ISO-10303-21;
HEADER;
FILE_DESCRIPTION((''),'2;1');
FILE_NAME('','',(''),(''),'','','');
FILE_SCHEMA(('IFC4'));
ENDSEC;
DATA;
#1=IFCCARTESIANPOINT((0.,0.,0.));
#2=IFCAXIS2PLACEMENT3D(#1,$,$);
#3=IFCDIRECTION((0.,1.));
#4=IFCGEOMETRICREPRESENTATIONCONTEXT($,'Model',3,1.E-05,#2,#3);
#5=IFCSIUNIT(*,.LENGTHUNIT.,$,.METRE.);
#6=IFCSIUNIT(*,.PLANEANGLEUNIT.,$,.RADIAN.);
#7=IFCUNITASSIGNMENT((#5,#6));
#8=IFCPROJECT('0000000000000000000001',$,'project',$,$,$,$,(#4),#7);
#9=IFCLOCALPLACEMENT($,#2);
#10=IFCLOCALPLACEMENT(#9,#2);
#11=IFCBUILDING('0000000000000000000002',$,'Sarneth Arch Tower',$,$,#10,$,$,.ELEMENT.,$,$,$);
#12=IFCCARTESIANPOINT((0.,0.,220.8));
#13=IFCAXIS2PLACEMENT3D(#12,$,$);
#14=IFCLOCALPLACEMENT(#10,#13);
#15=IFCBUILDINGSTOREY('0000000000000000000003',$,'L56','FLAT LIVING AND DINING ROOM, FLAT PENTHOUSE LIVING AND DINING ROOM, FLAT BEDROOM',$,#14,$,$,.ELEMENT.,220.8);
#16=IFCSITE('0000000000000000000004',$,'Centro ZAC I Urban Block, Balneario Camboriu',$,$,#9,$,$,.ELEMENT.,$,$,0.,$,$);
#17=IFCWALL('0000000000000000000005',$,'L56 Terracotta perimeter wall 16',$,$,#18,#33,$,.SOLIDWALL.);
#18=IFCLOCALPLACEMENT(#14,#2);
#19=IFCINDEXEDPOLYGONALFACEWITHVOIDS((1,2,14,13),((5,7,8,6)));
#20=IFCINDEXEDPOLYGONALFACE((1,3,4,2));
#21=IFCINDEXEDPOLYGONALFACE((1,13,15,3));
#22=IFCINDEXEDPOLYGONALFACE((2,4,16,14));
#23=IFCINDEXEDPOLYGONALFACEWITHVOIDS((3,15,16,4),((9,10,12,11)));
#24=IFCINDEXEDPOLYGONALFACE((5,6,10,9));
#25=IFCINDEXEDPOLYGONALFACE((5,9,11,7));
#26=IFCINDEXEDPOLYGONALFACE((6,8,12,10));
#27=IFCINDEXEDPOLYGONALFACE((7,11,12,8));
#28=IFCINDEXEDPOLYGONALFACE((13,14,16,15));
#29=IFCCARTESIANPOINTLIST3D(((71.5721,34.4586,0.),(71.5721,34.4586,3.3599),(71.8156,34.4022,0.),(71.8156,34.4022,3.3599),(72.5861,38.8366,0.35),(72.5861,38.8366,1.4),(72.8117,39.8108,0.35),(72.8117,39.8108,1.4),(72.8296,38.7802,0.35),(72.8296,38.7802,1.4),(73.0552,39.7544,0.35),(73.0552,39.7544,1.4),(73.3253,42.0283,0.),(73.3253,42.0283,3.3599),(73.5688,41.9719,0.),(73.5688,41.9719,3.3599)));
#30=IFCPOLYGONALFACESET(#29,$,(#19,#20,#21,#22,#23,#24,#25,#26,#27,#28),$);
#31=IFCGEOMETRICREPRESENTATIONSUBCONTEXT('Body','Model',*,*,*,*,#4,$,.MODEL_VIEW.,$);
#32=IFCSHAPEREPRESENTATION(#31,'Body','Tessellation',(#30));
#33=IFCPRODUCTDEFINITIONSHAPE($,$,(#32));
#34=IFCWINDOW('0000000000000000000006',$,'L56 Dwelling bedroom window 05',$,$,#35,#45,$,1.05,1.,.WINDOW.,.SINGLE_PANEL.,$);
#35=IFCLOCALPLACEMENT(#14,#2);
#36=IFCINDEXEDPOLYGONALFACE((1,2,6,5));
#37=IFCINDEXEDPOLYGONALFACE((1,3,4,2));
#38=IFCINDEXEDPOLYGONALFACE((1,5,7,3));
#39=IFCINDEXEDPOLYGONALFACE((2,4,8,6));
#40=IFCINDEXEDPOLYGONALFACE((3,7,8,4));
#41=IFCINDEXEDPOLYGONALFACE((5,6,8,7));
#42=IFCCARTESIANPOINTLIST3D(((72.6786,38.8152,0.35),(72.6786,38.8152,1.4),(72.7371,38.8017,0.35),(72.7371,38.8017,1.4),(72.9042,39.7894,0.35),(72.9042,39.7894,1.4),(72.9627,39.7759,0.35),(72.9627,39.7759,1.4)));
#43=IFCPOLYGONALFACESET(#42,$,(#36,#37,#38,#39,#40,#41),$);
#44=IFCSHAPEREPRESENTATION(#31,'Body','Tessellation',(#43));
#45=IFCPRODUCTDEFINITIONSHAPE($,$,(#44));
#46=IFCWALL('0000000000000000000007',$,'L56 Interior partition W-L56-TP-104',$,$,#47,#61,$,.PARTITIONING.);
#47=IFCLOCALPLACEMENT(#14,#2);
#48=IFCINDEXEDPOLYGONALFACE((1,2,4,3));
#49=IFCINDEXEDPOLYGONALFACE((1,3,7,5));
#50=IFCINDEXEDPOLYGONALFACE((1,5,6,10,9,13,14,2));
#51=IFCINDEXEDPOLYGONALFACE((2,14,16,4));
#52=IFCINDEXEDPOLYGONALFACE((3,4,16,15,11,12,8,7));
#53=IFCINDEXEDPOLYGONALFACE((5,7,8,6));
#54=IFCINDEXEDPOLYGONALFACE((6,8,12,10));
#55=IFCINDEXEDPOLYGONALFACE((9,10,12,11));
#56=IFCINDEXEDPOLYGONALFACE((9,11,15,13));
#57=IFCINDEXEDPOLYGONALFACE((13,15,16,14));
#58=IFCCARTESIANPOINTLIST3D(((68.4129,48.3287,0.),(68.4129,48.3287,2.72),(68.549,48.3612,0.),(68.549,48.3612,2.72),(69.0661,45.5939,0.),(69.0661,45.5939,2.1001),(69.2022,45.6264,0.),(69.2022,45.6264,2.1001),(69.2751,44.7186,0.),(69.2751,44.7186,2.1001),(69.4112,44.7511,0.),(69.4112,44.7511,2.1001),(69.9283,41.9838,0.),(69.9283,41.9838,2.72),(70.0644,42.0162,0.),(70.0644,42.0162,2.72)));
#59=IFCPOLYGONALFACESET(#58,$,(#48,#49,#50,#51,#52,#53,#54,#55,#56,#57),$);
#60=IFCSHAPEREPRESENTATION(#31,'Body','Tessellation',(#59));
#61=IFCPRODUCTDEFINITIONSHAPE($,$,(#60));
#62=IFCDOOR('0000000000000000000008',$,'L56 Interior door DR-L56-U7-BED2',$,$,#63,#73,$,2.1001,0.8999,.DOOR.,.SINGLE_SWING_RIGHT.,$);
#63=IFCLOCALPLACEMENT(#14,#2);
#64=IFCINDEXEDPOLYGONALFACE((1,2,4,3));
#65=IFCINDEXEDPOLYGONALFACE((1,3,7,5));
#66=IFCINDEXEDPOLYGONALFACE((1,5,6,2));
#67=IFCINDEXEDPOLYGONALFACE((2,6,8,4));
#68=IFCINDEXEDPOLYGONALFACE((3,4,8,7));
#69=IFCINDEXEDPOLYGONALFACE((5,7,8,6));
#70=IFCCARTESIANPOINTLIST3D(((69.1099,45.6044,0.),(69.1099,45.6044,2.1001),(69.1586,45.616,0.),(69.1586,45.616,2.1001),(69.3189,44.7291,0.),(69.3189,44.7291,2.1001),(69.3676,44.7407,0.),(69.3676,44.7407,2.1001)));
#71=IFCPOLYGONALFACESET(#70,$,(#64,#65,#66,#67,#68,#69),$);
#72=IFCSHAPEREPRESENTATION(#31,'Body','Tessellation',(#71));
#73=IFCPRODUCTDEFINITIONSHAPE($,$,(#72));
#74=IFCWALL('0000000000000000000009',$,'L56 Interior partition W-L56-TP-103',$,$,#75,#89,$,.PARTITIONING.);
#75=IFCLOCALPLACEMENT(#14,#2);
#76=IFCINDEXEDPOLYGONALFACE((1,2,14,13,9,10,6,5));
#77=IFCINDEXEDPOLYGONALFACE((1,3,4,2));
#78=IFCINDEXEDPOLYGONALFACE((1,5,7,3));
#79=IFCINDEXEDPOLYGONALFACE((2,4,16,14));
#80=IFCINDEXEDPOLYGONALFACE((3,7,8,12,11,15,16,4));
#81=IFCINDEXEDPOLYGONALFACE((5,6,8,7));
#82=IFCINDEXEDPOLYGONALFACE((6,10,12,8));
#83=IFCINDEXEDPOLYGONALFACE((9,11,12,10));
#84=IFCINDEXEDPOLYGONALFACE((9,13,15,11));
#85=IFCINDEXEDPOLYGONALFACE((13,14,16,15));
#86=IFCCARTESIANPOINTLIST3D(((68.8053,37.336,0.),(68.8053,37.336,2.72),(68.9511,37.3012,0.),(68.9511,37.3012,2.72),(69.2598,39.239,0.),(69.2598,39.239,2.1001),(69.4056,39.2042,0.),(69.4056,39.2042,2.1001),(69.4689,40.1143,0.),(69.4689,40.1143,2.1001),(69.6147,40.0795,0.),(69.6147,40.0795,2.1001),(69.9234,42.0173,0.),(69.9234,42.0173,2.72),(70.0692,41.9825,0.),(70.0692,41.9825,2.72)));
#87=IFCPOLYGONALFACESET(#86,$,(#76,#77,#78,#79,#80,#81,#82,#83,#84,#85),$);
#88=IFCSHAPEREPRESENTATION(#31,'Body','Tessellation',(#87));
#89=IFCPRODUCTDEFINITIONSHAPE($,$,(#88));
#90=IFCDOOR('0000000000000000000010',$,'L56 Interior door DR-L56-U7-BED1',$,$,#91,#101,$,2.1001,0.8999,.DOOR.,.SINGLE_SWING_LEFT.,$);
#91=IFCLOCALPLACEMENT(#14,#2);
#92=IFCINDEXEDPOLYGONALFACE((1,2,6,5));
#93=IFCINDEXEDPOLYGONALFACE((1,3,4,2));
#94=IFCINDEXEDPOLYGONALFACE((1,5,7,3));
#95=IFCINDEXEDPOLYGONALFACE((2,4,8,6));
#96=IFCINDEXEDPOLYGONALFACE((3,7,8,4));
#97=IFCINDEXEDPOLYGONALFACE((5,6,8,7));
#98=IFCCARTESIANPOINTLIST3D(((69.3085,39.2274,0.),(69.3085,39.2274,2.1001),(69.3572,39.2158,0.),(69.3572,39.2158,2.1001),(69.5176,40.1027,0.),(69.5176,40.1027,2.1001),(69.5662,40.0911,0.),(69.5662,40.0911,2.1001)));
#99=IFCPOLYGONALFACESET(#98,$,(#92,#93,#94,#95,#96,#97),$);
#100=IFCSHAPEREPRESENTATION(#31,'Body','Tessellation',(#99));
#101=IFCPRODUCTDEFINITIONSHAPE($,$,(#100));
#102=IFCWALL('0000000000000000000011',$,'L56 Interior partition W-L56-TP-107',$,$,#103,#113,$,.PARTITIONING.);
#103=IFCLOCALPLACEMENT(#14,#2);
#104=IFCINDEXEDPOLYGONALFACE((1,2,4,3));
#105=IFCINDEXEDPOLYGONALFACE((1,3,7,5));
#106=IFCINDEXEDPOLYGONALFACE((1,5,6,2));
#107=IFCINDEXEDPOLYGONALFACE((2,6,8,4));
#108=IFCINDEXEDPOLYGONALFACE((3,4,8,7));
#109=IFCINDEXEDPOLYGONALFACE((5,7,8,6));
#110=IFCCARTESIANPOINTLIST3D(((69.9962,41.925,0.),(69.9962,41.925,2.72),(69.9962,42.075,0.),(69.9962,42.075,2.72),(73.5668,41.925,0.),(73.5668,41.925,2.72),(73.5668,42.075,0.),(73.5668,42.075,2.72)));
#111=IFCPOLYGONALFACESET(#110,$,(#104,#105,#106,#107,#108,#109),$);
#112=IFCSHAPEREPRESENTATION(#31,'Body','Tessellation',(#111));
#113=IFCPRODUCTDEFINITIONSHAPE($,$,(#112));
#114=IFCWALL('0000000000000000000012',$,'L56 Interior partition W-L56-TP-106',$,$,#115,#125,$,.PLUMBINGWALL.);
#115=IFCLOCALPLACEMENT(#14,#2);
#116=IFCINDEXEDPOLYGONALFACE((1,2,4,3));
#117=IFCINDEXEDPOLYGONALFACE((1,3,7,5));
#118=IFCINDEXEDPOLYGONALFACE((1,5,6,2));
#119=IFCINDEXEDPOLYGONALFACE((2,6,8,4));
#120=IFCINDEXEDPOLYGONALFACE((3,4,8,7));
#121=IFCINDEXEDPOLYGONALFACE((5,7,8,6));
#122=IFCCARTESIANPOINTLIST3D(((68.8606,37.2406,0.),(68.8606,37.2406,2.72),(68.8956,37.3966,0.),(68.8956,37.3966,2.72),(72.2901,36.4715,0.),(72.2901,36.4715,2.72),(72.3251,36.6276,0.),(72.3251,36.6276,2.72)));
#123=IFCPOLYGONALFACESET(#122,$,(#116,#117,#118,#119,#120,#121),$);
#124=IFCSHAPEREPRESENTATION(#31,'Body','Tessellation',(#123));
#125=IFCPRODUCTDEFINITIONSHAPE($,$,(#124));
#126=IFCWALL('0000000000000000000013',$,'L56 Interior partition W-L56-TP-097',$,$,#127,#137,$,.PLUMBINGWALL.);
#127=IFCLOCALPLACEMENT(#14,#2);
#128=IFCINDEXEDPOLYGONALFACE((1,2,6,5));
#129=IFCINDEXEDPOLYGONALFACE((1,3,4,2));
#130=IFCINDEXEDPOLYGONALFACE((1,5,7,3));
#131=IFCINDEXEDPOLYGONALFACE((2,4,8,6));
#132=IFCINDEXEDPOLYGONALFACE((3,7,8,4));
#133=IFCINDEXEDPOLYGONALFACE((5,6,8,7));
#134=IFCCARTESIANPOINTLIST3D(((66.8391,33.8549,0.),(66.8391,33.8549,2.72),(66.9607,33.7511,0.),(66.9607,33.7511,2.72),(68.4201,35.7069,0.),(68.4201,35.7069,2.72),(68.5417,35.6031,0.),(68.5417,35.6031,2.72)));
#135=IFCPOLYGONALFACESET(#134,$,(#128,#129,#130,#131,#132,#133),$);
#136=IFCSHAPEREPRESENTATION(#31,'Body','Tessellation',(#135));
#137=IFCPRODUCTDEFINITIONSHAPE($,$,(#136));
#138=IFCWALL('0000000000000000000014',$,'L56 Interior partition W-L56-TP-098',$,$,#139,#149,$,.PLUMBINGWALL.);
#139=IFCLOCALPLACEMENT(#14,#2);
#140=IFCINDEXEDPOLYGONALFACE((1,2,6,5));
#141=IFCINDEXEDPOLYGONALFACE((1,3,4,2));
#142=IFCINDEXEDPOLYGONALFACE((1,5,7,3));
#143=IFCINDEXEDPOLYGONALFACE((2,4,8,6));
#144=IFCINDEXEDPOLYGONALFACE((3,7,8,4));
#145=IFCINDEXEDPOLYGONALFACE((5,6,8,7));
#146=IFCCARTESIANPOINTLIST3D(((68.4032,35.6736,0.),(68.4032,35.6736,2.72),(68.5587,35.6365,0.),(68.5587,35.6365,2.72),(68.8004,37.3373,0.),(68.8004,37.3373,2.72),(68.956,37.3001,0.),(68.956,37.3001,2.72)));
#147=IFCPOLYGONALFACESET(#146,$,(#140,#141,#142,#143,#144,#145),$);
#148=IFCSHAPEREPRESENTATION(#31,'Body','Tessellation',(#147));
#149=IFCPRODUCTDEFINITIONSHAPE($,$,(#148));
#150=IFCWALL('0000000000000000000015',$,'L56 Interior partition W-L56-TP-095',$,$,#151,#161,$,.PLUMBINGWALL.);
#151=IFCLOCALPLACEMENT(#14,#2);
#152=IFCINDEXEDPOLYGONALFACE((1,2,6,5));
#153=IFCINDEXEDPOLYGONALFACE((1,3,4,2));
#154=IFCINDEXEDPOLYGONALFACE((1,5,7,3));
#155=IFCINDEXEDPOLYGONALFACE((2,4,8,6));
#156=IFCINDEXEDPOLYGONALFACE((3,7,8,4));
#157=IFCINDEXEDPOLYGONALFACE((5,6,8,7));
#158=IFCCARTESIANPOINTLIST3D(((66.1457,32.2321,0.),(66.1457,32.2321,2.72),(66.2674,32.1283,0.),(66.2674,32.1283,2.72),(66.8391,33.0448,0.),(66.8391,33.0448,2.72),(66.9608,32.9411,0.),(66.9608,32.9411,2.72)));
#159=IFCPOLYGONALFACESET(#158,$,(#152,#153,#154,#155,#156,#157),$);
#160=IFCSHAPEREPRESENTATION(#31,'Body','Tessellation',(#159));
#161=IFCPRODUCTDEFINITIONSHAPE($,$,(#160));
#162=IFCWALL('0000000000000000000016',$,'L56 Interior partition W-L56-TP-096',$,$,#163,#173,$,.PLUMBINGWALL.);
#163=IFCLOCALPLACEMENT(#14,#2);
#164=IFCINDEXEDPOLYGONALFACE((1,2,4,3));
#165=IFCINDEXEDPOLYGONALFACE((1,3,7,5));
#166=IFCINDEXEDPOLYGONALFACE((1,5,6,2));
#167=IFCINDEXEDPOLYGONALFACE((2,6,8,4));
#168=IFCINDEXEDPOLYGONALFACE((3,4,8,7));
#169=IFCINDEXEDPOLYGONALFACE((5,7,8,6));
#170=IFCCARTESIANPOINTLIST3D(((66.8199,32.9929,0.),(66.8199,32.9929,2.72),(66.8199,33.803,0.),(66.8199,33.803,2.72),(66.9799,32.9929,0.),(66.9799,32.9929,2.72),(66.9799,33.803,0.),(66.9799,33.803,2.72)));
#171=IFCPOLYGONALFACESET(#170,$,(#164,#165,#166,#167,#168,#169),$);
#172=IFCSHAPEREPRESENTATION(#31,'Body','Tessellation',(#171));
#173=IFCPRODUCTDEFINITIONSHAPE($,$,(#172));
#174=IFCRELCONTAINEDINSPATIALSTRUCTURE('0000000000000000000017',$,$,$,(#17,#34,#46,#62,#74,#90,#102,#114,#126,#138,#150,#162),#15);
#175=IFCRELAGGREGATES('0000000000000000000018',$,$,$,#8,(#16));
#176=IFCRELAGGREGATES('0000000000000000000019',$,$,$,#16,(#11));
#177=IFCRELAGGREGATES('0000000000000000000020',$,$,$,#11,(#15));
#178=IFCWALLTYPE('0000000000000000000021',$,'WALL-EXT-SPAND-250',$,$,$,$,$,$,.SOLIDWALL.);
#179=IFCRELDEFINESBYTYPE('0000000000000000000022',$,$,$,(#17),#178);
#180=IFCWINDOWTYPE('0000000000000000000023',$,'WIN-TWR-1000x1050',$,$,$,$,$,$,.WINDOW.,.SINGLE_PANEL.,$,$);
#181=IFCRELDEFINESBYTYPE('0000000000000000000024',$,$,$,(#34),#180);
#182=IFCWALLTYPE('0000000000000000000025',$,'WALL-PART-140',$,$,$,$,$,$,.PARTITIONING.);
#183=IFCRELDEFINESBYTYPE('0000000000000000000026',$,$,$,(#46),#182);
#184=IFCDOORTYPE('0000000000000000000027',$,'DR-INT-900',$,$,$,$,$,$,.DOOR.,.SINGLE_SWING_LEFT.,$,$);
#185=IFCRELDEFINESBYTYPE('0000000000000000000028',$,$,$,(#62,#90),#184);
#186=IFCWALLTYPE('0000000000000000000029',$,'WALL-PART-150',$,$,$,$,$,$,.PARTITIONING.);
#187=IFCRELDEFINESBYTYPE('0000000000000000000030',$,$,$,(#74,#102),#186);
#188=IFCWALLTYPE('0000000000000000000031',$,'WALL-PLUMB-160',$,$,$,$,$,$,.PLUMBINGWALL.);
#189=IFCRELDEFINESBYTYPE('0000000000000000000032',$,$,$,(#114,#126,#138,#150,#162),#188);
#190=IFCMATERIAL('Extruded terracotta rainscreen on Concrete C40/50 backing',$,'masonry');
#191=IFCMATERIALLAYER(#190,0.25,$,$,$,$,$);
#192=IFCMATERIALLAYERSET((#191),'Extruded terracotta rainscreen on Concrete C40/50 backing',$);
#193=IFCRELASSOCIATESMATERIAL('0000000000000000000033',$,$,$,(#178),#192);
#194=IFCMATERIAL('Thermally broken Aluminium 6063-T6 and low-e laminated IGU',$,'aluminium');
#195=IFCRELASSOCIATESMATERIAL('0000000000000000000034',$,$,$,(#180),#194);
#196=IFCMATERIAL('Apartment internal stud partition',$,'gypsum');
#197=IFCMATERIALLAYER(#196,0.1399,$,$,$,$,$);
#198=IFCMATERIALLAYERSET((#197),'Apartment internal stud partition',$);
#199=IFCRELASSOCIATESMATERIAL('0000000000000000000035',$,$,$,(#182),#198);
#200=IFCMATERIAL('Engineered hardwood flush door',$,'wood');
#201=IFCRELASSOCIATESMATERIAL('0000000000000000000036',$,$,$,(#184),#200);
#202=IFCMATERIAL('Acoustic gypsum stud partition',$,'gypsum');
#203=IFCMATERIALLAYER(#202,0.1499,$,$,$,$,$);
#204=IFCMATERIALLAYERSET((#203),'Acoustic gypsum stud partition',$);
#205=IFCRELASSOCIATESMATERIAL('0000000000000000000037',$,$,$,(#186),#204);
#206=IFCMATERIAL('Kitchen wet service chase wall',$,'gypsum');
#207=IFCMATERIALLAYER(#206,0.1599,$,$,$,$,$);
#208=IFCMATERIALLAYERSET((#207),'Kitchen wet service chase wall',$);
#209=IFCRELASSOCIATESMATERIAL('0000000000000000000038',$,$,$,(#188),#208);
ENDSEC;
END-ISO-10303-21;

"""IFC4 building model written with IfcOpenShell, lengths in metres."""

from ifc_helpers import new_model, si_unit, direction, frame, frame_2d, origin, place, context, subcontext, project, spatial, rectangle, extrude, material, layer, layer_set, type_object, element, fill, save


model = new_model("IFC4")

# Units and contexts
model_context = context("Model", 3, precision=1e-05, world=origin(), true_north=direction((0.0, 1.0)))
body_context = subcontext(model_context, "Body", "Model", "MODEL_VIEW")
ifc_project = project(units=[si_unit("LENGTHUNIT", "METRE"), si_unit("PLANEANGLEUNIT", "RADIAN")], contexts=[model_context])

# Site, building, storey
site_placement = place(None, origin())
site = spatial("IfcSite", under=ifc_project, at=site_placement, Name="Centro ZAC I Urban Block, Balneario Camboriu", CompositionType="ELEMENT", RefElevation=0.0)
building_placement = place(site_placement, origin())
building = spatial("IfcBuilding", under=site, at=building_placement, Name="Sarneth Arch Tower", CompositionType="ELEMENT")
storey_placement = place(building_placement, frame((0.0, 0.0, 220.8)))
storey = spatial("IfcBuildingStorey", under=building, at=storey_placement, Name="L56", Description="FLAT LIVING AND DINING ROOM, FLAT PENTHOUSE LIVING AND DINING ROOM, FLAT BEDROOM", CompositionType="ELEMENT", Elevation=220.8)

# Wall, opening, window
ifc_material_1 = material(Name="Extruded terracotta rainscreen on Concrete C40/50 backing", Category="masonry")
ifc_layer_1 = layer(ifc_material_1, 0.25)
ifc_layer_set_1 = layer_set([ifc_layer_1], Name="Extruded terracotta rainscreen on Concrete C40/50 backing")
wall_type_1 = type_object("IfcWallType", Name="WALL-EXT-SPAND-250", PredefinedType="SOLIDWALL", material=ifc_layer_set_1)
wall_1_placement = place(storey_placement, frame((71.6938, 34.4304, 0.0), z_axis=(0.0, 0.0, 1.0), x_axis=(0.225635, 0.974212, 0.0)))
wall_1 = element("IfcWall", 1, at=wall_1_placement, inside=storey, type_object=wall_type_1, Name="L56 Terracotta perimeter wall 16", PredefinedType="SOLIDWALL", context=body_context, shape_type="SweptSolid", body=[
    extrude(rectangle(XDim=7.77, YDim=0.25, at=frame_2d((3.885, 0.0))), origin(), (0.0, 0.0, 1.0), 3.3599),
])
opening_1_placement = place(wall_1_placement, frame((4.4939, 0.0, 0.3501)))
opening_1 = element("IfcOpeningElement", 2, at=opening_1_placement, cuts=wall_1, PredefinedType="OPENING", context=body_context, shape_type="SweptSolid", body=[
    extrude(rectangle(XDim=1.0, YDim=1.05, at=frame_2d((0.5, 0.5249))), frame((0.0, 0.135, 0.0), z_axis=(0.0, -1.0, 0.0), x_axis=(1.0, 0.0, 0.0)), (0.0, 0.0, 1.0), 0.27),
])
ifc_material_2 = material(Name="Thermally broken Aluminium 6063-T6 and low-e laminated IGU", Category="aluminium")
window_type = type_object("IfcWindowType", Name="WIN-TWR-1000x1050", PartitioningType="SINGLE_PANEL", PredefinedType="WINDOW", material=ifc_material_2)
window_placement = place(opening_1_placement, origin())
window = element("IfcWindow", 3, at=window_placement, inside=storey, type_object=window_type, Name="L56 Dwelling bedroom window 05", OverallHeight=1.05, OverallWidth=1.0, PartitioningType="SINGLE_PANEL", PredefinedType="WINDOW", context=body_context, shape_type="SweptSolid", body=[
    extrude(rectangle(XDim=1.0, YDim=1.05, at=frame_2d((0.5, 0.5249))), frame((0.0, 0.03, 0.0), z_axis=(0.0, -1.0, 0.0), x_axis=(1.0, 0.0, 0.0)), (0.0, 0.0, 1.0), 0.0601),
])
fill(opening_1, window)

# Walls, openings, doors
ifc_material_3 = material(Name="Apartment internal stud partition", Category="gypsum")
ifc_layer_2 = layer(ifc_material_3, 0.1399)
ifc_layer_set_2 = layer_set([ifc_layer_2], Name="Apartment internal stud partition")
wall_type_2 = type_object("IfcWallType", Name="WALL-PART-140", PredefinedType="PARTITIONING", material=ifc_layer_set_2)
wall_2_placement = place(storey_placement, frame((69.9963, 42.0, 0.0), z_axis=(0.0, 0.0, 1.0), x_axis=(-0.232298, 0.972645, 0.0)))
wall_2 = element("IfcWall", 4, at=wall_2_placement, inside=storey, type_object=wall_type_2, Name="L56 Interior partition W-L56-TP-104", PredefinedType="PARTITIONING", context=body_context, shape_type="SweptSolid", body=[
    extrude(rectangle(XDim=6.5234, YDim=0.1399, at=frame_2d((3.2617, 0.0))), origin(), (0.0, 0.0, 1.0), 2.72),
])
opening_2_placement = place(wall_2_placement, frame((2.8118, 0.0, 0.0)))
opening_2 = element("IfcOpeningElement", 5, at=opening_2_placement, cuts=wall_2, PredefinedType="OPENING", context=body_context, shape_type="SweptSolid", body=[
    extrude(rectangle(XDim=0.8999, YDim=2.1001, at=frame_2d((0.45, 1.05))), frame((0.0, 0.0798, 0.0), z_axis=(0.0, -1.0, 0.0), x_axis=(1.0, 0.0, 0.0)), (0.0, 0.0, 1.0), 0.1599),
])
ifc_material_4 = material(Name="Engineered hardwood flush door", Category="wood")
door_type_1 = type_object("IfcDoorType", Name="DR-INT-900", OperationType="SINGLE_SWING_LEFT", PredefinedType="DOOR", material=ifc_material_4)
door_1_placement = place(opening_2_placement, origin())
door_1 = element("IfcDoor", 6, at=door_1_placement, inside=storey, type_object=door_type_1, Name="L56 Interior door DR-L56-U7-BED2", OperationType="SINGLE_SWING_RIGHT", OverallHeight=2.1001, OverallWidth=0.8999, PredefinedType="DOOR", context=body_context, shape_type="SweptSolid", body=[
    extrude(rectangle(XDim=0.8999, YDim=2.1001, at=frame_2d((0.45, 1.05))), frame((0.0, 0.0249, 0.0), z_axis=(0.0, -1.0, 0.0), x_axis=(1.0, 0.0, 0.0)), (0.0, 0.0, 1.0), 0.05),
])
fill(opening_2, door_1)
ifc_material_5 = material(Name="Acoustic gypsum stud partition", Category="gypsum")
ifc_layer_3 = layer(ifc_material_5, 0.1499)
ifc_layer_set_3 = layer_set([ifc_layer_3], Name="Acoustic gypsum stud partition")
wall_type_3 = type_object("IfcWallType", Name="WALL-PART-150", PredefinedType="PARTITIONING", material=ifc_layer_set_3)
wall_3_placement = place(storey_placement, frame((68.8782, 37.3186, 0.0), z_axis=(0.0, 0.0, 1.0), x_axis=(0.232318, 0.97264, 0.0)))
wall_3 = element("IfcWall", 7, at=wall_3_placement, inside=storey, type_object=wall_type_3, Name="L56 Interior partition W-L56-TP-103", PredefinedType="PARTITIONING", context=body_context, shape_type="SweptSolid", body=[
    extrude(rectangle(XDim=4.813, YDim=0.1499, at=frame_2d((2.4065, 0.0))), origin(), (0.0, 0.0, 1.0), 2.72),
])
opening_3_placement = place(wall_3_placement, frame((1.9565, 0.0, 0.0)))
opening_3 = element("IfcOpeningElement", 8, at=opening_3_placement, cuts=wall_3, PredefinedType="OPENING", context=body_context, shape_type="SweptSolid", body=[
    extrude(rectangle(XDim=0.8999, YDim=2.1001, at=frame_2d((0.45, 1.05))), frame((0.0, 0.085, 0.0), z_axis=(0.0, -1.0, 0.0), x_axis=(1.0, 0.0, 0.0)), (0.0, 0.0, 1.0), 0.1699),
])
door_2_placement = place(opening_3_placement, origin())
door_2 = element("IfcDoor", 9, at=door_2_placement, inside=storey, type_object=door_type_1, Name="L56 Interior door DR-L56-U7-BED1", OperationType="SINGLE_SWING_LEFT", OverallHeight=2.1001, OverallWidth=0.8999, PredefinedType="DOOR", context=body_context, shape_type="SweptSolid", body=[
    extrude(rectangle(XDim=0.8999, YDim=2.1001, at=frame_2d((0.45, 1.05))), frame((0.0, 0.0249, 0.0), z_axis=(0.0, -1.0, 0.0), x_axis=(1.0, 0.0, 0.0)), (0.0, 0.0, 1.0), 0.05),
])
fill(opening_3, door_2)

# Walls
wall_4_placement = place(storey_placement, frame((69.9963, 42.0, 0.0), z_axis=(0.0, 0.0, 1.0), x_axis=(1.0, 0.0, 0.0)))
element("IfcWall", 10, at=wall_4_placement, inside=storey, type_object=wall_type_3, Name="L56 Interior partition W-L56-TP-107", PredefinedType="PARTITIONING", context=body_context, shape_type="SweptSolid", body=[
    extrude(rectangle(XDim=3.5706, YDim=0.1499, at=frame_2d((1.7852, 0.0))), origin(), (0.0, 0.0, 1.0), 2.72),
])
ifc_material_6 = material(Name="Kitchen wet service chase wall", Category="gypsum")
ifc_layer_4 = layer(ifc_material_6, 0.1599)
ifc_layer_set_4 = layer_set([ifc_layer_4], Name="Kitchen wet service chase wall")
wall_type_4 = type_object("IfcWallType", Name="WALL-PLUMB-160", PredefinedType="PLUMBINGWALL", material=ifc_layer_set_4)
wall_5_placement = place(storey_placement, frame((72.3076, 36.5496, 0.0), z_axis=(0.0, 0.0, 1.0), x_axis=(-0.975767, 0.218813, 0.0)))
element("IfcWall", 11, at=wall_5_placement, inside=storey, type_object=wall_type_4, Name="L56 Interior partition W-L56-TP-106", PredefinedType="PLUMBINGWALL", context=body_context, shape_type="SweptSolid", body=[
    extrude(rectangle(XDim=3.5146, YDim=0.1599, at=frame_2d((1.7573, 0.0))), origin(), (0.0, 0.0, 1.0), 2.72),
])
wall_6_placement = place(storey_placement, frame((66.8999, 33.803, 0.0), z_axis=(0.0, 0.0, 1.0), x_axis=(0.649271, 0.760557, 0.0)))
element("IfcWall", 12, at=wall_6_placement, inside=storey, type_object=wall_type_4, Name="L56 Interior partition W-L56-TP-097", PredefinedType="PLUMBINGWALL", context=body_context, shape_type="SweptSolid", body=[
    extrude(rectangle(XDim=2.4351, YDim=0.1599, at=frame_2d((1.2175, 0.0))), origin(), (0.0, 0.0, 1.0), 2.72),
])
wall_7_placement = place(storey_placement, frame((68.481, 35.655, 0.0), z_axis=(0.0, 0.0, 1.0), x_axis=(0.232244, 0.972657, 0.0)))
element("IfcWall", 13, at=wall_7_placement, inside=storey, type_object=wall_type_4, Name="L56 Interior partition W-L56-TP-098", PredefinedType="PLUMBINGWALL", context=body_context, shape_type="SweptSolid", body=[
    extrude(rectangle(XDim=1.7104, YDim=0.1599, at=frame_2d((0.8552, 0.0))), origin(), (0.0, 0.0, 1.0), 2.72),
])
wall_8_placement = place(storey_placement, frame((66.2065, 32.1802, 0.0), z_axis=(0.0, 0.0, 1.0), x_axis=(0.649021, 0.760771, 0.0)))
element("IfcWall", 14, at=wall_8_placement, inside=storey, type_object=wall_type_4, Name="L56 Interior partition W-L56-TP-095", PredefinedType="PLUMBINGWALL", context=body_context, shape_type="SweptSolid", body=[
    extrude(rectangle(XDim=1.0684, YDim=0.1599, at=frame_2d((0.5342, 0.0))), origin(), (0.0, 0.0, 1.0), 2.72),
])
wall_9_placement = place(storey_placement, frame((66.8999, 32.9929, 0.0), z_axis=(0.0, 0.0, 1.0), x_axis=(0.0, 1.0, 0.0)))
element("IfcWall", 15, at=wall_9_placement, inside=storey, type_object=wall_type_4, Name="L56 Interior partition W-L56-TP-096", PredefinedType="PLUMBINGWALL", context=body_context, shape_type="SweptSolid", body=[
    extrude(rectangle(XDim=0.8101, YDim=0.1599, at=frame_2d((0.405, 0.0))), origin(), (0.0, 0.0, 1.0), 2.72),
])

save(model, "model.ifc")
